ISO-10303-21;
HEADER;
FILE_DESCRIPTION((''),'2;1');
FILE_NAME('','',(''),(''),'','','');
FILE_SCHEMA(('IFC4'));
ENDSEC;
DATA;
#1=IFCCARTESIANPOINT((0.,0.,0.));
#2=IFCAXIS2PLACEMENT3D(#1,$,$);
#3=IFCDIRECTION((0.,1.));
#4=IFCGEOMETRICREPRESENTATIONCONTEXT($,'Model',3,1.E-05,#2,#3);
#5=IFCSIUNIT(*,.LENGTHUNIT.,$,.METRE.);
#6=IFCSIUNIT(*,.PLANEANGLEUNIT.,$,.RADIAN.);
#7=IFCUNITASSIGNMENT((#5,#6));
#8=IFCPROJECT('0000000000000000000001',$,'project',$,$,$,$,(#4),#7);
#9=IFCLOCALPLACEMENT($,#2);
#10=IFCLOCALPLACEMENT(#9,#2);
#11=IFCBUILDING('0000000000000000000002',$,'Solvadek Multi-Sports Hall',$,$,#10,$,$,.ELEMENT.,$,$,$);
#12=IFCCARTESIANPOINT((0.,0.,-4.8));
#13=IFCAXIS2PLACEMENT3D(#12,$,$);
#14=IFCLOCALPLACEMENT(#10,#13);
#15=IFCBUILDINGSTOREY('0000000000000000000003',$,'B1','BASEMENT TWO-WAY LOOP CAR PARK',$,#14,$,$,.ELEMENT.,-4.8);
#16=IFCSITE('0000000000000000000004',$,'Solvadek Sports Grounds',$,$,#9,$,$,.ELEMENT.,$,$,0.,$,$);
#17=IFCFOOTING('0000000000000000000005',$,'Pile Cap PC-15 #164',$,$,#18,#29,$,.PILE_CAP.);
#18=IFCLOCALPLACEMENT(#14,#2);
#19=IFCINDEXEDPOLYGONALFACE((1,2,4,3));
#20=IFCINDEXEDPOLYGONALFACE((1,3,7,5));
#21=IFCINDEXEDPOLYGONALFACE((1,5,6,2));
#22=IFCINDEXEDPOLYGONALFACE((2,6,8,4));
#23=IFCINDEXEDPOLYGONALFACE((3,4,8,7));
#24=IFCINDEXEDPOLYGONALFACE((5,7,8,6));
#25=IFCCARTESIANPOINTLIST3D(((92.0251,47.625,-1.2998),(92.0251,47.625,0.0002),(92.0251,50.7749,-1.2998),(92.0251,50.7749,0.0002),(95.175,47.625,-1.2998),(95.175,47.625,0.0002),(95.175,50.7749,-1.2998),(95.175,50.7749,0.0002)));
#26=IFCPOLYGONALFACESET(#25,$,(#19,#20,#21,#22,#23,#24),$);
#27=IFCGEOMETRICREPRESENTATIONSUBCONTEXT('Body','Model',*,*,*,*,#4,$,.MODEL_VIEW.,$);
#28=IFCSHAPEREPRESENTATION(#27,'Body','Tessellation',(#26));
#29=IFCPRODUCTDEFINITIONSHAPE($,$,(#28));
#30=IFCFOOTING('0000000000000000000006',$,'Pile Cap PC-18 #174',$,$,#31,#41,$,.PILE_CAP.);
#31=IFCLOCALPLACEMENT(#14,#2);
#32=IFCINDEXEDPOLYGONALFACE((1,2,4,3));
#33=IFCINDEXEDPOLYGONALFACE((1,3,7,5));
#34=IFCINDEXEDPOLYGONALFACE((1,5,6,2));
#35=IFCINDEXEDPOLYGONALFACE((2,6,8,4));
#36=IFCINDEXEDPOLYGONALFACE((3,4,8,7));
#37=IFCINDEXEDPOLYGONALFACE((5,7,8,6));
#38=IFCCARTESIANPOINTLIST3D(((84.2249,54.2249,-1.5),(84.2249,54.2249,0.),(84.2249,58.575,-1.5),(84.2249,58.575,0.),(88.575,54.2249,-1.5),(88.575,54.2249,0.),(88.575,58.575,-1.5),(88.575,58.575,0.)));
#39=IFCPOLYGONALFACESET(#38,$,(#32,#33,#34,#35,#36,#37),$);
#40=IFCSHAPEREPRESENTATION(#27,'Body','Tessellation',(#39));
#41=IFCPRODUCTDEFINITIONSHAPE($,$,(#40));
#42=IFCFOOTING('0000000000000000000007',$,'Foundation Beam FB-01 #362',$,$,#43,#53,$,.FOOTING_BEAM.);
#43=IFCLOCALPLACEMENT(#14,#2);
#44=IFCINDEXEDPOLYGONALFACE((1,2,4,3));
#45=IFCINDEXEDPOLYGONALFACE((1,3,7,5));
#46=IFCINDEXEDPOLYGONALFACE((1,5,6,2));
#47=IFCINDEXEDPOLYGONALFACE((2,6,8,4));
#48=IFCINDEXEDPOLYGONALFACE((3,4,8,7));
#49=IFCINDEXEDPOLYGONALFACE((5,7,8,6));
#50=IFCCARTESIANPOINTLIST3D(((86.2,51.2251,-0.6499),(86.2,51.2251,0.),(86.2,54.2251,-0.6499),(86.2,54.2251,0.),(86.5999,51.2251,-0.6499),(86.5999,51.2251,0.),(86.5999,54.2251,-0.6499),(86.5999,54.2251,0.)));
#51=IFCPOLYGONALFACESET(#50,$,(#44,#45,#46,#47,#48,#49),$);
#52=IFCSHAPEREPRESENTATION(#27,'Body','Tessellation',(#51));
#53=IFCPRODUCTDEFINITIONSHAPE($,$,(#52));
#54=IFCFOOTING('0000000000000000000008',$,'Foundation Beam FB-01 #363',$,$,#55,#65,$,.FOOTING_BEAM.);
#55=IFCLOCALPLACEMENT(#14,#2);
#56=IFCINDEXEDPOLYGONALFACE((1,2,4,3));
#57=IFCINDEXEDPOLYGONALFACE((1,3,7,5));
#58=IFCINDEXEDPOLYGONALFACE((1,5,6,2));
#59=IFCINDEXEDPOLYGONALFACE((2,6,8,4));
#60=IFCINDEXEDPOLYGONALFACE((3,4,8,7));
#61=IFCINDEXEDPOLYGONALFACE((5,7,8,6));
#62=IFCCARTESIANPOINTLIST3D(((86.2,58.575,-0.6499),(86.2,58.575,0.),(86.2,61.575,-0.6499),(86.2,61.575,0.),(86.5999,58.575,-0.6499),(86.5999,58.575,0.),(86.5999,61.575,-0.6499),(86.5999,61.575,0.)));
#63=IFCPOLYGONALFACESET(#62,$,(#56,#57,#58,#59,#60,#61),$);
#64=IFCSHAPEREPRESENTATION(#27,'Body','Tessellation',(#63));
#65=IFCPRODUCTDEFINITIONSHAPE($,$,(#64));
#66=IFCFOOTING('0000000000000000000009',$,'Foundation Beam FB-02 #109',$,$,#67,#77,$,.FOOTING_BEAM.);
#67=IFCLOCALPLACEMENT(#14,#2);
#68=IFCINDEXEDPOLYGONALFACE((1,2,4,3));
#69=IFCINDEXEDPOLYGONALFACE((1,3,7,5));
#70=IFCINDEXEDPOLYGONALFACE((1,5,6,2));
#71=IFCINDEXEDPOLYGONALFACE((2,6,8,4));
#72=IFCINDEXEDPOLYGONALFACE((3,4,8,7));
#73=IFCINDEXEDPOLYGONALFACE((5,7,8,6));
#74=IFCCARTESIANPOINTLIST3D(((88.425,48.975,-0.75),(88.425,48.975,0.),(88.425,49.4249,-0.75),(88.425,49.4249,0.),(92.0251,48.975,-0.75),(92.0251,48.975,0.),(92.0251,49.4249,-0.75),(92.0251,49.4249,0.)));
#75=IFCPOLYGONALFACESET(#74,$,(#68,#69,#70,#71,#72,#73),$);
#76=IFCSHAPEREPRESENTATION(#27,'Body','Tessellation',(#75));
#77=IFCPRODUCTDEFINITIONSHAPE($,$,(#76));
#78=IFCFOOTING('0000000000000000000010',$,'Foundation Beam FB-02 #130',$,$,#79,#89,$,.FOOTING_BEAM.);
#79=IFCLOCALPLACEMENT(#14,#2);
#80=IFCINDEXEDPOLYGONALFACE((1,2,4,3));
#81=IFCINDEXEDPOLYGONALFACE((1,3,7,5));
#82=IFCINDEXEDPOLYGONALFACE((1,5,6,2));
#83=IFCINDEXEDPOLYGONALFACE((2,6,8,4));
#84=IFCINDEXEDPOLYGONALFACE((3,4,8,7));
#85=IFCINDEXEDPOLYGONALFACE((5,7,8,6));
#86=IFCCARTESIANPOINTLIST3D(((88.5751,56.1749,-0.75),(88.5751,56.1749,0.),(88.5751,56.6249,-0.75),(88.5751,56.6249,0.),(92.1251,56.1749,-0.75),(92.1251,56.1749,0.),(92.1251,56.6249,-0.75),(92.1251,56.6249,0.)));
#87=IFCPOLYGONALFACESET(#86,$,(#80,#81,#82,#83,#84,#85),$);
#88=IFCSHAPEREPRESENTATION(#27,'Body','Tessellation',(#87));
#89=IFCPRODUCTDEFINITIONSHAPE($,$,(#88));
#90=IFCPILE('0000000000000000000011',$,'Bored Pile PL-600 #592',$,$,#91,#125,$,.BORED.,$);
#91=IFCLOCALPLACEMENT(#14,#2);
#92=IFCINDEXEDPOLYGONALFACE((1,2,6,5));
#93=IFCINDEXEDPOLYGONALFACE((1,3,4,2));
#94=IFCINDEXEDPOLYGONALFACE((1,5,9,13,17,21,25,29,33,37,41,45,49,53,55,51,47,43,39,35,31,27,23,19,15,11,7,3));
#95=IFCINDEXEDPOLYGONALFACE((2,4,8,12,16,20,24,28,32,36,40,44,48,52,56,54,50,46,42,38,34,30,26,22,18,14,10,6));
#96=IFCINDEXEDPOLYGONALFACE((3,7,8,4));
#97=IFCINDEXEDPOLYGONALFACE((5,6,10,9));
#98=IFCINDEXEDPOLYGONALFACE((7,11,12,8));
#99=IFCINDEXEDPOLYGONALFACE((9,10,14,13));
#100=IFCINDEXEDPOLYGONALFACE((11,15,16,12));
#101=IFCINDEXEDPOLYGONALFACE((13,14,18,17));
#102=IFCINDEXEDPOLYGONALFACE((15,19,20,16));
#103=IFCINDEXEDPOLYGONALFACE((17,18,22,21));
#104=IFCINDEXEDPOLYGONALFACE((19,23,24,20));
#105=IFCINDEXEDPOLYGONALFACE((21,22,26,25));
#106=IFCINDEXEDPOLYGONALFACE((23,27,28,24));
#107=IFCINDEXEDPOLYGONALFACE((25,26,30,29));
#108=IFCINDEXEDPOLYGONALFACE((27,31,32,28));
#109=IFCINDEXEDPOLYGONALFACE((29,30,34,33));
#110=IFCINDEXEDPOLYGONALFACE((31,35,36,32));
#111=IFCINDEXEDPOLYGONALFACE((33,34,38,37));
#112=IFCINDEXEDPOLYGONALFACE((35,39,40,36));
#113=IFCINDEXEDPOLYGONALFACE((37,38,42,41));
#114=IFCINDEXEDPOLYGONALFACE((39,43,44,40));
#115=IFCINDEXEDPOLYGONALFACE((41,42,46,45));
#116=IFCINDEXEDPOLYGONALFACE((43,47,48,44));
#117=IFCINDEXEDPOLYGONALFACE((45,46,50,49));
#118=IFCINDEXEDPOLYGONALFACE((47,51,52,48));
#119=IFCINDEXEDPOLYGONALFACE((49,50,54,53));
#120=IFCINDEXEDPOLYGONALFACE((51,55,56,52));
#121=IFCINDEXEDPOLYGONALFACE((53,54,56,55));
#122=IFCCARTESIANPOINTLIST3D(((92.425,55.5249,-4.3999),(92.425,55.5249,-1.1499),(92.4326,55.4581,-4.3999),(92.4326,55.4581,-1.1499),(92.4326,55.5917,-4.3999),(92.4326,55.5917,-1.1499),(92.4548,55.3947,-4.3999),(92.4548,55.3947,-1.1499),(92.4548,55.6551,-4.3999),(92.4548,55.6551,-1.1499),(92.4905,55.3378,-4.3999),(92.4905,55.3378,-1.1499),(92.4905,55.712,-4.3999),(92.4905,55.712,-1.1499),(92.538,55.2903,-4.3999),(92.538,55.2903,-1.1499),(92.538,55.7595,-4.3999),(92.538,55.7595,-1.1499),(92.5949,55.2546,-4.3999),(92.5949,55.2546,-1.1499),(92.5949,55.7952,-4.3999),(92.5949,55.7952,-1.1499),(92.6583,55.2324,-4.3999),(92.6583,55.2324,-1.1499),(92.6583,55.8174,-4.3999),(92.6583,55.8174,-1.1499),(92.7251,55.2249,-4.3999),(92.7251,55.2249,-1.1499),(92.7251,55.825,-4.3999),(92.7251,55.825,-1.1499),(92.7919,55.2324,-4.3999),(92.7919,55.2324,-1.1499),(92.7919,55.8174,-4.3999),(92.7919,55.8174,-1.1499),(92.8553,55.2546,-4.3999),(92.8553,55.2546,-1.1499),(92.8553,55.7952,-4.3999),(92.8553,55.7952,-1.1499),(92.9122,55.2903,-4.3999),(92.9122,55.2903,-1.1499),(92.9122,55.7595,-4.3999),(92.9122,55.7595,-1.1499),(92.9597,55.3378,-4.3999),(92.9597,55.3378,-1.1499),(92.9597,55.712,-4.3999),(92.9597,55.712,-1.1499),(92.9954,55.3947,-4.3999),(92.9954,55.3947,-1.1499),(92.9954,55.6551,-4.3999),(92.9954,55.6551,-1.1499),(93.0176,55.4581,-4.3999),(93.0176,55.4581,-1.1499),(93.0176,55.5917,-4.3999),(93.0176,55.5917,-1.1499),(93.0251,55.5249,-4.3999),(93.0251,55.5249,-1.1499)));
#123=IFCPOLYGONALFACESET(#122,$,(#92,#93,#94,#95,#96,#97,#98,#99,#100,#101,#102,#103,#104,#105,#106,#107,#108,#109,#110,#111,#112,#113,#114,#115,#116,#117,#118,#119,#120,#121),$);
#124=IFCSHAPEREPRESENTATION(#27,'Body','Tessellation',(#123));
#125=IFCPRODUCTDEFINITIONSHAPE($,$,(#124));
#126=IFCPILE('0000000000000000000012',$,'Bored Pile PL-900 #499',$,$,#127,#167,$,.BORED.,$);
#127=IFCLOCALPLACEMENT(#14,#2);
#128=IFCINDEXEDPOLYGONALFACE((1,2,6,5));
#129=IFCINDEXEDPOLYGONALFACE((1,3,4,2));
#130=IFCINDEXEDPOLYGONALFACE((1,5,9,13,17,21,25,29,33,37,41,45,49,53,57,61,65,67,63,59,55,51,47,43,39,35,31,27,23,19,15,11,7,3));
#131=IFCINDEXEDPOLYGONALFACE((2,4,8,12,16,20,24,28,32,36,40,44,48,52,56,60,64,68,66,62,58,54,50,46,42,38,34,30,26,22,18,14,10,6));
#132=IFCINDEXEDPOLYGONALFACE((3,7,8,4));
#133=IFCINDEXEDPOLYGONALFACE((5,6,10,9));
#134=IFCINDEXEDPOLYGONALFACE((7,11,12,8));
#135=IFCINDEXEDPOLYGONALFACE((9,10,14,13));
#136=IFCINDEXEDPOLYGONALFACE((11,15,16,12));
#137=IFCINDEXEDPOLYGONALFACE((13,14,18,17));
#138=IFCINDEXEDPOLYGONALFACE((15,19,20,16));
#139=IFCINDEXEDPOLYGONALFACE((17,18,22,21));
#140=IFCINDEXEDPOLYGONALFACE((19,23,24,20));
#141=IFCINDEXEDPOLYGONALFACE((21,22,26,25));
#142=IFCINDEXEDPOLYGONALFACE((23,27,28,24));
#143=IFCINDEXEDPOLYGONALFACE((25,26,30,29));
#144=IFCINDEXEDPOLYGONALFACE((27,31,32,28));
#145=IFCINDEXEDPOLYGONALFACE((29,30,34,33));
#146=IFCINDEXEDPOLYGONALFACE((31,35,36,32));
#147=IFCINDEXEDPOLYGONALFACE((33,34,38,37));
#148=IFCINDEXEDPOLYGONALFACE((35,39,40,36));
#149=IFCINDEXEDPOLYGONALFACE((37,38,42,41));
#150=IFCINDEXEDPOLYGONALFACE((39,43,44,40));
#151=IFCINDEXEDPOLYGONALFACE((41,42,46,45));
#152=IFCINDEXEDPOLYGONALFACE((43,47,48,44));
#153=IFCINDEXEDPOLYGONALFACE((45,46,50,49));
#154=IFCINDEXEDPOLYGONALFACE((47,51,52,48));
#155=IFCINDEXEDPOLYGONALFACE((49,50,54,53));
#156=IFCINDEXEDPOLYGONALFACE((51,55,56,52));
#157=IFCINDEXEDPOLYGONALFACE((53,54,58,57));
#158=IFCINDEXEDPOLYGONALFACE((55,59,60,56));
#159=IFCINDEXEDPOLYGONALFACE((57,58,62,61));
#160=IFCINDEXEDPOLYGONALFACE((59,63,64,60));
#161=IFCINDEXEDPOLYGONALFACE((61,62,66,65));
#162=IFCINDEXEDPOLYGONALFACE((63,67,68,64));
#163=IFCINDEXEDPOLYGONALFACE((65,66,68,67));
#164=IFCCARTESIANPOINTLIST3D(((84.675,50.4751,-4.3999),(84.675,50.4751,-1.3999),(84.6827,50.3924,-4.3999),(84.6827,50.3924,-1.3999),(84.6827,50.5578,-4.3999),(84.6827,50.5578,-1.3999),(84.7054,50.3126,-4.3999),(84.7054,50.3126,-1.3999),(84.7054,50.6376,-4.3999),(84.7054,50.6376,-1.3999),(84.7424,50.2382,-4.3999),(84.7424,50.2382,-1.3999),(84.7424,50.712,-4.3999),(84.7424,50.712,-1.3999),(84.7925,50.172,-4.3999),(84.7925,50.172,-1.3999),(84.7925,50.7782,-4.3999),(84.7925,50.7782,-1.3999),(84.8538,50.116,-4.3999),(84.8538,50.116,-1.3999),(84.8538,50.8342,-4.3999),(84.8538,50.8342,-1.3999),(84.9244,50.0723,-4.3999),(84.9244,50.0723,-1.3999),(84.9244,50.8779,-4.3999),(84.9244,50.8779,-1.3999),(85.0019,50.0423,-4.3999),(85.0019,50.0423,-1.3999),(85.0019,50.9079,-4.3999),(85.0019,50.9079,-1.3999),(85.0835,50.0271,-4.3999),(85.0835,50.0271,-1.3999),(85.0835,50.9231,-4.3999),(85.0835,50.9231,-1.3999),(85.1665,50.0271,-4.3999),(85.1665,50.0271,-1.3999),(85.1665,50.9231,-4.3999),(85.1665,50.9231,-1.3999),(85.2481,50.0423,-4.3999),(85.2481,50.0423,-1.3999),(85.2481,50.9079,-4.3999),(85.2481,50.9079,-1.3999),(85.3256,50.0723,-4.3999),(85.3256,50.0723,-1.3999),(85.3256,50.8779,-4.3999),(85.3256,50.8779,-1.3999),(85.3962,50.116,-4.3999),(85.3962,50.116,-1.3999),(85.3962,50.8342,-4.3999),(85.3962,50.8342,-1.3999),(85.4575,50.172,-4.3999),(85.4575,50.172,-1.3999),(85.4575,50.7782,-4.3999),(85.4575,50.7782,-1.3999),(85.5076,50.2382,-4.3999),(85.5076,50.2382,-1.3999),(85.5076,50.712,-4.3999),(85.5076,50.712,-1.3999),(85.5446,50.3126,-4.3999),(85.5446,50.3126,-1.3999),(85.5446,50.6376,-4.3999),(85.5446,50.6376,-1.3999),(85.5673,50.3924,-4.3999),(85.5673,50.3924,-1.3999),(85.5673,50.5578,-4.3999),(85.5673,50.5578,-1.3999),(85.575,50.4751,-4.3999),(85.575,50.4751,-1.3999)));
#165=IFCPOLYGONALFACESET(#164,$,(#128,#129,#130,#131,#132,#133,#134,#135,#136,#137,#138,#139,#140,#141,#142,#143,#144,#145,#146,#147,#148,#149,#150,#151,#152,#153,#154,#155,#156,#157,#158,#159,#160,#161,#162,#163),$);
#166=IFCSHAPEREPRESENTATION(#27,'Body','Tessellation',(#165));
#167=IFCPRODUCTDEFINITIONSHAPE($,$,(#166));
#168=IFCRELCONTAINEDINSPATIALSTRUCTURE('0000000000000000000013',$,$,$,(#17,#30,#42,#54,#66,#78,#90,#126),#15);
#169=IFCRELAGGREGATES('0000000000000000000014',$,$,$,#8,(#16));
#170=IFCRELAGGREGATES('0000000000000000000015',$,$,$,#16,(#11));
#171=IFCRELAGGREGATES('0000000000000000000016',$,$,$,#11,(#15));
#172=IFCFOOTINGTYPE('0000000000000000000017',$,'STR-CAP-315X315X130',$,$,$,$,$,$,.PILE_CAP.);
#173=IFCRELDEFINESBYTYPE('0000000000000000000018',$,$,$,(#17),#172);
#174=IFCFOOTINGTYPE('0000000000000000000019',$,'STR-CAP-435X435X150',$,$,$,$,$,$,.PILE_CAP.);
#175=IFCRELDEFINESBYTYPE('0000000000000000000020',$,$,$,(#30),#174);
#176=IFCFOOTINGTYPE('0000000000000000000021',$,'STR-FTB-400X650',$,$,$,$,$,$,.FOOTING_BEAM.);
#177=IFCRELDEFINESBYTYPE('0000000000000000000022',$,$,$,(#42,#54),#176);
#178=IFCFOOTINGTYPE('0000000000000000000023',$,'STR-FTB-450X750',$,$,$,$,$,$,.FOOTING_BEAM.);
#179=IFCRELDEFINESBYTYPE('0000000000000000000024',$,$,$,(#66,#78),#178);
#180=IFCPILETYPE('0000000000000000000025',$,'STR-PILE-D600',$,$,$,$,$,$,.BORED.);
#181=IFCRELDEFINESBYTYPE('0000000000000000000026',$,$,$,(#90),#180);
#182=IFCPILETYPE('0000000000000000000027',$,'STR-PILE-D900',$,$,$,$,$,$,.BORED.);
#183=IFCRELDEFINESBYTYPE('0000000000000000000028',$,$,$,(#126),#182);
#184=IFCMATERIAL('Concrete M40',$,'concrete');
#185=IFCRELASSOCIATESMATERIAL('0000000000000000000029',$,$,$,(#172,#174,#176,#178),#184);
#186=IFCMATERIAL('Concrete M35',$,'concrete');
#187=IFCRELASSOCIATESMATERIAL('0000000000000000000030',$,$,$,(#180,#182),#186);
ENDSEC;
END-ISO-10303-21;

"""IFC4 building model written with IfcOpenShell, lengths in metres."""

from ifc_helpers import new_model, si_unit, direction, frame, origin, origin_2d, place, context, subcontext, project, spatial, rectangle, circle, extrude, material, material_profile, profile_set, type_object, element, save


model = new_model("IFC4")

# Units and contexts
model_context = context("Model", 3, precision=1e-05, world=origin(), true_north=direction((0.0, 1.0)))
body_context = subcontext(model_context, "Body", "Model", "MODEL_VIEW")
ifc_project = project(units=[si_unit("LENGTHUNIT", "METRE"), si_unit("PLANEANGLEUNIT", "RADIAN")], contexts=[model_context])

# Site, building, storey
site_placement = place(None, origin())
site = spatial("IfcSite", under=ifc_project, at=site_placement, Name="Solvadek Sports Grounds", CompositionType="ELEMENT", RefElevation=0.0)
building_placement = place(site_placement, origin())
building = spatial("IfcBuilding", under=site, at=building_placement, Name="Solvadek Multi-Sports Hall", CompositionType="ELEMENT")
storey_placement = place(building_placement, frame((0.0, 0.0, -4.8)))
storey = spatial("IfcBuildingStorey", under=building, at=storey_placement, Name="B1", Description="BASEMENT TWO-WAY LOOP CAR PARK", CompositionType="ELEMENT", Elevation=-4.8)

# Footings
ifc_material_1 = material(Name="Concrete M40", Category="concrete")
footing_type_1 = type_object("IfcFootingType", Name="STR-CAP-315X315X130", PredefinedType="PILE_CAP", material=ifc_material_1)
footing_1_placement = place(storey_placement, frame((93.6001, 49.2, -1.2998), z_axis=(0.0, 0.0, 1.0), x_axis=(1.0, 0.0, 0.0)))
element("IfcFooting", 1, at=footing_1_placement, inside=storey, type_object=footing_type_1, Name="Pile Cap PC-15 #164", PredefinedType="PILE_CAP", context=body_context, shape_type="SweptSolid", body=[
    extrude(rectangle(XDim=3.1499, YDim=3.1499, at=origin_2d()), origin(), (0.0, 0.0, 1.0), 1.3),
])
footing_type_2 = type_object("IfcFootingType", Name="STR-CAP-435X435X150", PredefinedType="PILE_CAP", material=ifc_material_1)
footing_2_placement = place(storey_placement, frame((86.3999, 56.3999, -1.5), z_axis=(0.0, 0.0, 1.0), x_axis=(1.0, 0.0, 0.0)))
element("IfcFooting", 2, at=footing_2_placement, inside=storey, type_object=footing_type_2, Name="Pile Cap PC-18 #174", PredefinedType="PILE_CAP", context=body_context, shape_type="SweptSolid", body=[
    extrude(rectangle(XDim=4.3501, YDim=4.3501, at=origin_2d()), origin(), (0.0, 0.0, 1.0), 1.5),
])
footing_type_3 = type_object("IfcFootingType", Name="STR-FTB-400X650", PredefinedType="FOOTING_BEAM", material=ifc_material_1)
for number, where, z_axis, x_axis, name in (
    (3, (86.3999, 52.7251, -0.6499), (0.0, 0.0, 1.0), (0.0, 1.0, 0.0), "Foundation Beam FB-01 #362"),
    (4, (86.3999, 60.075, -0.6499), (0.0, 0.0, 1.0), (0.0, 1.0, 0.0), "Foundation Beam FB-01 #363"),
):
    element("IfcFooting", number, at=place(storey_placement, frame(where, z_axis=z_axis, x_axis=x_axis)), inside=storey, type_object=footing_type_3, Name=name, PredefinedType="FOOTING_BEAM", context=body_context, shape_type="SweptSolid", body=[
        extrude(rectangle(XDim=3.0, YDim=0.3999, at=origin_2d()), origin(), (0.0, 0.0, 1.0), 0.6499),
    ])
footing_type_4 = type_object("IfcFootingType", Name="STR-FTB-450X750", PredefinedType="FOOTING_BEAM", material=ifc_material_1)
footing_3_placement = place(storey_placement, frame((90.2251, 49.2, -0.75), z_axis=(0.0, 0.0, 1.0), x_axis=(1.0, 0.0, 0.0)))
element("IfcFooting", 5, at=footing_3_placement, inside=storey, type_object=footing_type_4, Name="Foundation Beam FB-02 #109", PredefinedType="FOOTING_BEAM", context=body_context, shape_type="SweptSolid", body=[
    extrude(rectangle(XDim=3.6001, YDim=0.45, at=origin_2d()), origin(), (0.0, 0.0, 1.0), 0.75),
])
footing_4_placement = place(storey_placement, frame((90.3501, 56.3999, -0.75), z_axis=(0.0, 0.0, 1.0), x_axis=(1.0, 0.0, 0.0)))
element("IfcFooting", 6, at=footing_4_placement, inside=storey, type_object=footing_type_4, Name="Foundation Beam FB-02 #130", PredefinedType="FOOTING_BEAM", context=body_context, shape_type="SweptSolid", body=[
    extrude(rectangle(XDim=3.55, YDim=0.45, at=origin_2d()), origin(), (0.0, 0.0, 1.0), 0.75),
])

# Piles
ifc_material_2 = material(Name="Concrete M35", Category="concrete")
ifc_material_profile_1 = material_profile(ifc_material_2, circle(Radius=0.3, at=origin_2d()), Name="BORED PILE D600")
ifc_profile_set_1 = profile_set([ifc_material_profile_1], Name="Concrete M35")
pile_type_1 = type_object("IfcPileType", Name="STR-PILE-D600", PredefinedType="BORED", material=ifc_profile_set_1)
pile_placement = place(storey_placement, frame((92.7251, 55.5249, -1.1499), z_axis=(0.0, 0.0, -1.0), x_axis=(1.0, 0.0, 0.0)))
element("IfcPile", 7, at=pile_placement, inside=storey, type_object=pile_type_1, Name="Bored Pile PL-600 #592", PredefinedType="BORED", context=body_context, shape_type="SweptSolid", body=[
    extrude(circle(Radius=0.3, at=origin_2d()), origin(), (0.0, 0.0, 1.0), 3.25),
])
ifc_material_profile_2 = material_profile(ifc_material_2, circle(Radius=0.45, at=origin_2d()), Name="BORED PILE D900")
ifc_profile_set_2 = profile_set([ifc_material_profile_2], Name="Concrete M35")
pile_type_2 = type_object("IfcPileType", Name="STR-PILE-D900", PredefinedType="BORED", material=ifc_profile_set_2)
for number, where, z_axis, x_axis, name in (
    (8, (85.125, 50.4751, -1.3999), (0.0, 0.0, -1.0), (1.0, 0.0, 0.0), "Bored Pile PL-900 #499"),
):
    element("IfcPile", number, at=place(storey_placement, frame(where, z_axis=z_axis, x_axis=x_axis)), inside=storey, type_object=pile_type_2, Name=name, PredefinedType="BORED", context=body_context, shape_type="SweptSolid", body=[
        extrude(circle(Radius=0.45, at=origin_2d()), origin(), (0.0, 0.0, 1.0), 3.0),
    ])

save(model, "model.ifc")
